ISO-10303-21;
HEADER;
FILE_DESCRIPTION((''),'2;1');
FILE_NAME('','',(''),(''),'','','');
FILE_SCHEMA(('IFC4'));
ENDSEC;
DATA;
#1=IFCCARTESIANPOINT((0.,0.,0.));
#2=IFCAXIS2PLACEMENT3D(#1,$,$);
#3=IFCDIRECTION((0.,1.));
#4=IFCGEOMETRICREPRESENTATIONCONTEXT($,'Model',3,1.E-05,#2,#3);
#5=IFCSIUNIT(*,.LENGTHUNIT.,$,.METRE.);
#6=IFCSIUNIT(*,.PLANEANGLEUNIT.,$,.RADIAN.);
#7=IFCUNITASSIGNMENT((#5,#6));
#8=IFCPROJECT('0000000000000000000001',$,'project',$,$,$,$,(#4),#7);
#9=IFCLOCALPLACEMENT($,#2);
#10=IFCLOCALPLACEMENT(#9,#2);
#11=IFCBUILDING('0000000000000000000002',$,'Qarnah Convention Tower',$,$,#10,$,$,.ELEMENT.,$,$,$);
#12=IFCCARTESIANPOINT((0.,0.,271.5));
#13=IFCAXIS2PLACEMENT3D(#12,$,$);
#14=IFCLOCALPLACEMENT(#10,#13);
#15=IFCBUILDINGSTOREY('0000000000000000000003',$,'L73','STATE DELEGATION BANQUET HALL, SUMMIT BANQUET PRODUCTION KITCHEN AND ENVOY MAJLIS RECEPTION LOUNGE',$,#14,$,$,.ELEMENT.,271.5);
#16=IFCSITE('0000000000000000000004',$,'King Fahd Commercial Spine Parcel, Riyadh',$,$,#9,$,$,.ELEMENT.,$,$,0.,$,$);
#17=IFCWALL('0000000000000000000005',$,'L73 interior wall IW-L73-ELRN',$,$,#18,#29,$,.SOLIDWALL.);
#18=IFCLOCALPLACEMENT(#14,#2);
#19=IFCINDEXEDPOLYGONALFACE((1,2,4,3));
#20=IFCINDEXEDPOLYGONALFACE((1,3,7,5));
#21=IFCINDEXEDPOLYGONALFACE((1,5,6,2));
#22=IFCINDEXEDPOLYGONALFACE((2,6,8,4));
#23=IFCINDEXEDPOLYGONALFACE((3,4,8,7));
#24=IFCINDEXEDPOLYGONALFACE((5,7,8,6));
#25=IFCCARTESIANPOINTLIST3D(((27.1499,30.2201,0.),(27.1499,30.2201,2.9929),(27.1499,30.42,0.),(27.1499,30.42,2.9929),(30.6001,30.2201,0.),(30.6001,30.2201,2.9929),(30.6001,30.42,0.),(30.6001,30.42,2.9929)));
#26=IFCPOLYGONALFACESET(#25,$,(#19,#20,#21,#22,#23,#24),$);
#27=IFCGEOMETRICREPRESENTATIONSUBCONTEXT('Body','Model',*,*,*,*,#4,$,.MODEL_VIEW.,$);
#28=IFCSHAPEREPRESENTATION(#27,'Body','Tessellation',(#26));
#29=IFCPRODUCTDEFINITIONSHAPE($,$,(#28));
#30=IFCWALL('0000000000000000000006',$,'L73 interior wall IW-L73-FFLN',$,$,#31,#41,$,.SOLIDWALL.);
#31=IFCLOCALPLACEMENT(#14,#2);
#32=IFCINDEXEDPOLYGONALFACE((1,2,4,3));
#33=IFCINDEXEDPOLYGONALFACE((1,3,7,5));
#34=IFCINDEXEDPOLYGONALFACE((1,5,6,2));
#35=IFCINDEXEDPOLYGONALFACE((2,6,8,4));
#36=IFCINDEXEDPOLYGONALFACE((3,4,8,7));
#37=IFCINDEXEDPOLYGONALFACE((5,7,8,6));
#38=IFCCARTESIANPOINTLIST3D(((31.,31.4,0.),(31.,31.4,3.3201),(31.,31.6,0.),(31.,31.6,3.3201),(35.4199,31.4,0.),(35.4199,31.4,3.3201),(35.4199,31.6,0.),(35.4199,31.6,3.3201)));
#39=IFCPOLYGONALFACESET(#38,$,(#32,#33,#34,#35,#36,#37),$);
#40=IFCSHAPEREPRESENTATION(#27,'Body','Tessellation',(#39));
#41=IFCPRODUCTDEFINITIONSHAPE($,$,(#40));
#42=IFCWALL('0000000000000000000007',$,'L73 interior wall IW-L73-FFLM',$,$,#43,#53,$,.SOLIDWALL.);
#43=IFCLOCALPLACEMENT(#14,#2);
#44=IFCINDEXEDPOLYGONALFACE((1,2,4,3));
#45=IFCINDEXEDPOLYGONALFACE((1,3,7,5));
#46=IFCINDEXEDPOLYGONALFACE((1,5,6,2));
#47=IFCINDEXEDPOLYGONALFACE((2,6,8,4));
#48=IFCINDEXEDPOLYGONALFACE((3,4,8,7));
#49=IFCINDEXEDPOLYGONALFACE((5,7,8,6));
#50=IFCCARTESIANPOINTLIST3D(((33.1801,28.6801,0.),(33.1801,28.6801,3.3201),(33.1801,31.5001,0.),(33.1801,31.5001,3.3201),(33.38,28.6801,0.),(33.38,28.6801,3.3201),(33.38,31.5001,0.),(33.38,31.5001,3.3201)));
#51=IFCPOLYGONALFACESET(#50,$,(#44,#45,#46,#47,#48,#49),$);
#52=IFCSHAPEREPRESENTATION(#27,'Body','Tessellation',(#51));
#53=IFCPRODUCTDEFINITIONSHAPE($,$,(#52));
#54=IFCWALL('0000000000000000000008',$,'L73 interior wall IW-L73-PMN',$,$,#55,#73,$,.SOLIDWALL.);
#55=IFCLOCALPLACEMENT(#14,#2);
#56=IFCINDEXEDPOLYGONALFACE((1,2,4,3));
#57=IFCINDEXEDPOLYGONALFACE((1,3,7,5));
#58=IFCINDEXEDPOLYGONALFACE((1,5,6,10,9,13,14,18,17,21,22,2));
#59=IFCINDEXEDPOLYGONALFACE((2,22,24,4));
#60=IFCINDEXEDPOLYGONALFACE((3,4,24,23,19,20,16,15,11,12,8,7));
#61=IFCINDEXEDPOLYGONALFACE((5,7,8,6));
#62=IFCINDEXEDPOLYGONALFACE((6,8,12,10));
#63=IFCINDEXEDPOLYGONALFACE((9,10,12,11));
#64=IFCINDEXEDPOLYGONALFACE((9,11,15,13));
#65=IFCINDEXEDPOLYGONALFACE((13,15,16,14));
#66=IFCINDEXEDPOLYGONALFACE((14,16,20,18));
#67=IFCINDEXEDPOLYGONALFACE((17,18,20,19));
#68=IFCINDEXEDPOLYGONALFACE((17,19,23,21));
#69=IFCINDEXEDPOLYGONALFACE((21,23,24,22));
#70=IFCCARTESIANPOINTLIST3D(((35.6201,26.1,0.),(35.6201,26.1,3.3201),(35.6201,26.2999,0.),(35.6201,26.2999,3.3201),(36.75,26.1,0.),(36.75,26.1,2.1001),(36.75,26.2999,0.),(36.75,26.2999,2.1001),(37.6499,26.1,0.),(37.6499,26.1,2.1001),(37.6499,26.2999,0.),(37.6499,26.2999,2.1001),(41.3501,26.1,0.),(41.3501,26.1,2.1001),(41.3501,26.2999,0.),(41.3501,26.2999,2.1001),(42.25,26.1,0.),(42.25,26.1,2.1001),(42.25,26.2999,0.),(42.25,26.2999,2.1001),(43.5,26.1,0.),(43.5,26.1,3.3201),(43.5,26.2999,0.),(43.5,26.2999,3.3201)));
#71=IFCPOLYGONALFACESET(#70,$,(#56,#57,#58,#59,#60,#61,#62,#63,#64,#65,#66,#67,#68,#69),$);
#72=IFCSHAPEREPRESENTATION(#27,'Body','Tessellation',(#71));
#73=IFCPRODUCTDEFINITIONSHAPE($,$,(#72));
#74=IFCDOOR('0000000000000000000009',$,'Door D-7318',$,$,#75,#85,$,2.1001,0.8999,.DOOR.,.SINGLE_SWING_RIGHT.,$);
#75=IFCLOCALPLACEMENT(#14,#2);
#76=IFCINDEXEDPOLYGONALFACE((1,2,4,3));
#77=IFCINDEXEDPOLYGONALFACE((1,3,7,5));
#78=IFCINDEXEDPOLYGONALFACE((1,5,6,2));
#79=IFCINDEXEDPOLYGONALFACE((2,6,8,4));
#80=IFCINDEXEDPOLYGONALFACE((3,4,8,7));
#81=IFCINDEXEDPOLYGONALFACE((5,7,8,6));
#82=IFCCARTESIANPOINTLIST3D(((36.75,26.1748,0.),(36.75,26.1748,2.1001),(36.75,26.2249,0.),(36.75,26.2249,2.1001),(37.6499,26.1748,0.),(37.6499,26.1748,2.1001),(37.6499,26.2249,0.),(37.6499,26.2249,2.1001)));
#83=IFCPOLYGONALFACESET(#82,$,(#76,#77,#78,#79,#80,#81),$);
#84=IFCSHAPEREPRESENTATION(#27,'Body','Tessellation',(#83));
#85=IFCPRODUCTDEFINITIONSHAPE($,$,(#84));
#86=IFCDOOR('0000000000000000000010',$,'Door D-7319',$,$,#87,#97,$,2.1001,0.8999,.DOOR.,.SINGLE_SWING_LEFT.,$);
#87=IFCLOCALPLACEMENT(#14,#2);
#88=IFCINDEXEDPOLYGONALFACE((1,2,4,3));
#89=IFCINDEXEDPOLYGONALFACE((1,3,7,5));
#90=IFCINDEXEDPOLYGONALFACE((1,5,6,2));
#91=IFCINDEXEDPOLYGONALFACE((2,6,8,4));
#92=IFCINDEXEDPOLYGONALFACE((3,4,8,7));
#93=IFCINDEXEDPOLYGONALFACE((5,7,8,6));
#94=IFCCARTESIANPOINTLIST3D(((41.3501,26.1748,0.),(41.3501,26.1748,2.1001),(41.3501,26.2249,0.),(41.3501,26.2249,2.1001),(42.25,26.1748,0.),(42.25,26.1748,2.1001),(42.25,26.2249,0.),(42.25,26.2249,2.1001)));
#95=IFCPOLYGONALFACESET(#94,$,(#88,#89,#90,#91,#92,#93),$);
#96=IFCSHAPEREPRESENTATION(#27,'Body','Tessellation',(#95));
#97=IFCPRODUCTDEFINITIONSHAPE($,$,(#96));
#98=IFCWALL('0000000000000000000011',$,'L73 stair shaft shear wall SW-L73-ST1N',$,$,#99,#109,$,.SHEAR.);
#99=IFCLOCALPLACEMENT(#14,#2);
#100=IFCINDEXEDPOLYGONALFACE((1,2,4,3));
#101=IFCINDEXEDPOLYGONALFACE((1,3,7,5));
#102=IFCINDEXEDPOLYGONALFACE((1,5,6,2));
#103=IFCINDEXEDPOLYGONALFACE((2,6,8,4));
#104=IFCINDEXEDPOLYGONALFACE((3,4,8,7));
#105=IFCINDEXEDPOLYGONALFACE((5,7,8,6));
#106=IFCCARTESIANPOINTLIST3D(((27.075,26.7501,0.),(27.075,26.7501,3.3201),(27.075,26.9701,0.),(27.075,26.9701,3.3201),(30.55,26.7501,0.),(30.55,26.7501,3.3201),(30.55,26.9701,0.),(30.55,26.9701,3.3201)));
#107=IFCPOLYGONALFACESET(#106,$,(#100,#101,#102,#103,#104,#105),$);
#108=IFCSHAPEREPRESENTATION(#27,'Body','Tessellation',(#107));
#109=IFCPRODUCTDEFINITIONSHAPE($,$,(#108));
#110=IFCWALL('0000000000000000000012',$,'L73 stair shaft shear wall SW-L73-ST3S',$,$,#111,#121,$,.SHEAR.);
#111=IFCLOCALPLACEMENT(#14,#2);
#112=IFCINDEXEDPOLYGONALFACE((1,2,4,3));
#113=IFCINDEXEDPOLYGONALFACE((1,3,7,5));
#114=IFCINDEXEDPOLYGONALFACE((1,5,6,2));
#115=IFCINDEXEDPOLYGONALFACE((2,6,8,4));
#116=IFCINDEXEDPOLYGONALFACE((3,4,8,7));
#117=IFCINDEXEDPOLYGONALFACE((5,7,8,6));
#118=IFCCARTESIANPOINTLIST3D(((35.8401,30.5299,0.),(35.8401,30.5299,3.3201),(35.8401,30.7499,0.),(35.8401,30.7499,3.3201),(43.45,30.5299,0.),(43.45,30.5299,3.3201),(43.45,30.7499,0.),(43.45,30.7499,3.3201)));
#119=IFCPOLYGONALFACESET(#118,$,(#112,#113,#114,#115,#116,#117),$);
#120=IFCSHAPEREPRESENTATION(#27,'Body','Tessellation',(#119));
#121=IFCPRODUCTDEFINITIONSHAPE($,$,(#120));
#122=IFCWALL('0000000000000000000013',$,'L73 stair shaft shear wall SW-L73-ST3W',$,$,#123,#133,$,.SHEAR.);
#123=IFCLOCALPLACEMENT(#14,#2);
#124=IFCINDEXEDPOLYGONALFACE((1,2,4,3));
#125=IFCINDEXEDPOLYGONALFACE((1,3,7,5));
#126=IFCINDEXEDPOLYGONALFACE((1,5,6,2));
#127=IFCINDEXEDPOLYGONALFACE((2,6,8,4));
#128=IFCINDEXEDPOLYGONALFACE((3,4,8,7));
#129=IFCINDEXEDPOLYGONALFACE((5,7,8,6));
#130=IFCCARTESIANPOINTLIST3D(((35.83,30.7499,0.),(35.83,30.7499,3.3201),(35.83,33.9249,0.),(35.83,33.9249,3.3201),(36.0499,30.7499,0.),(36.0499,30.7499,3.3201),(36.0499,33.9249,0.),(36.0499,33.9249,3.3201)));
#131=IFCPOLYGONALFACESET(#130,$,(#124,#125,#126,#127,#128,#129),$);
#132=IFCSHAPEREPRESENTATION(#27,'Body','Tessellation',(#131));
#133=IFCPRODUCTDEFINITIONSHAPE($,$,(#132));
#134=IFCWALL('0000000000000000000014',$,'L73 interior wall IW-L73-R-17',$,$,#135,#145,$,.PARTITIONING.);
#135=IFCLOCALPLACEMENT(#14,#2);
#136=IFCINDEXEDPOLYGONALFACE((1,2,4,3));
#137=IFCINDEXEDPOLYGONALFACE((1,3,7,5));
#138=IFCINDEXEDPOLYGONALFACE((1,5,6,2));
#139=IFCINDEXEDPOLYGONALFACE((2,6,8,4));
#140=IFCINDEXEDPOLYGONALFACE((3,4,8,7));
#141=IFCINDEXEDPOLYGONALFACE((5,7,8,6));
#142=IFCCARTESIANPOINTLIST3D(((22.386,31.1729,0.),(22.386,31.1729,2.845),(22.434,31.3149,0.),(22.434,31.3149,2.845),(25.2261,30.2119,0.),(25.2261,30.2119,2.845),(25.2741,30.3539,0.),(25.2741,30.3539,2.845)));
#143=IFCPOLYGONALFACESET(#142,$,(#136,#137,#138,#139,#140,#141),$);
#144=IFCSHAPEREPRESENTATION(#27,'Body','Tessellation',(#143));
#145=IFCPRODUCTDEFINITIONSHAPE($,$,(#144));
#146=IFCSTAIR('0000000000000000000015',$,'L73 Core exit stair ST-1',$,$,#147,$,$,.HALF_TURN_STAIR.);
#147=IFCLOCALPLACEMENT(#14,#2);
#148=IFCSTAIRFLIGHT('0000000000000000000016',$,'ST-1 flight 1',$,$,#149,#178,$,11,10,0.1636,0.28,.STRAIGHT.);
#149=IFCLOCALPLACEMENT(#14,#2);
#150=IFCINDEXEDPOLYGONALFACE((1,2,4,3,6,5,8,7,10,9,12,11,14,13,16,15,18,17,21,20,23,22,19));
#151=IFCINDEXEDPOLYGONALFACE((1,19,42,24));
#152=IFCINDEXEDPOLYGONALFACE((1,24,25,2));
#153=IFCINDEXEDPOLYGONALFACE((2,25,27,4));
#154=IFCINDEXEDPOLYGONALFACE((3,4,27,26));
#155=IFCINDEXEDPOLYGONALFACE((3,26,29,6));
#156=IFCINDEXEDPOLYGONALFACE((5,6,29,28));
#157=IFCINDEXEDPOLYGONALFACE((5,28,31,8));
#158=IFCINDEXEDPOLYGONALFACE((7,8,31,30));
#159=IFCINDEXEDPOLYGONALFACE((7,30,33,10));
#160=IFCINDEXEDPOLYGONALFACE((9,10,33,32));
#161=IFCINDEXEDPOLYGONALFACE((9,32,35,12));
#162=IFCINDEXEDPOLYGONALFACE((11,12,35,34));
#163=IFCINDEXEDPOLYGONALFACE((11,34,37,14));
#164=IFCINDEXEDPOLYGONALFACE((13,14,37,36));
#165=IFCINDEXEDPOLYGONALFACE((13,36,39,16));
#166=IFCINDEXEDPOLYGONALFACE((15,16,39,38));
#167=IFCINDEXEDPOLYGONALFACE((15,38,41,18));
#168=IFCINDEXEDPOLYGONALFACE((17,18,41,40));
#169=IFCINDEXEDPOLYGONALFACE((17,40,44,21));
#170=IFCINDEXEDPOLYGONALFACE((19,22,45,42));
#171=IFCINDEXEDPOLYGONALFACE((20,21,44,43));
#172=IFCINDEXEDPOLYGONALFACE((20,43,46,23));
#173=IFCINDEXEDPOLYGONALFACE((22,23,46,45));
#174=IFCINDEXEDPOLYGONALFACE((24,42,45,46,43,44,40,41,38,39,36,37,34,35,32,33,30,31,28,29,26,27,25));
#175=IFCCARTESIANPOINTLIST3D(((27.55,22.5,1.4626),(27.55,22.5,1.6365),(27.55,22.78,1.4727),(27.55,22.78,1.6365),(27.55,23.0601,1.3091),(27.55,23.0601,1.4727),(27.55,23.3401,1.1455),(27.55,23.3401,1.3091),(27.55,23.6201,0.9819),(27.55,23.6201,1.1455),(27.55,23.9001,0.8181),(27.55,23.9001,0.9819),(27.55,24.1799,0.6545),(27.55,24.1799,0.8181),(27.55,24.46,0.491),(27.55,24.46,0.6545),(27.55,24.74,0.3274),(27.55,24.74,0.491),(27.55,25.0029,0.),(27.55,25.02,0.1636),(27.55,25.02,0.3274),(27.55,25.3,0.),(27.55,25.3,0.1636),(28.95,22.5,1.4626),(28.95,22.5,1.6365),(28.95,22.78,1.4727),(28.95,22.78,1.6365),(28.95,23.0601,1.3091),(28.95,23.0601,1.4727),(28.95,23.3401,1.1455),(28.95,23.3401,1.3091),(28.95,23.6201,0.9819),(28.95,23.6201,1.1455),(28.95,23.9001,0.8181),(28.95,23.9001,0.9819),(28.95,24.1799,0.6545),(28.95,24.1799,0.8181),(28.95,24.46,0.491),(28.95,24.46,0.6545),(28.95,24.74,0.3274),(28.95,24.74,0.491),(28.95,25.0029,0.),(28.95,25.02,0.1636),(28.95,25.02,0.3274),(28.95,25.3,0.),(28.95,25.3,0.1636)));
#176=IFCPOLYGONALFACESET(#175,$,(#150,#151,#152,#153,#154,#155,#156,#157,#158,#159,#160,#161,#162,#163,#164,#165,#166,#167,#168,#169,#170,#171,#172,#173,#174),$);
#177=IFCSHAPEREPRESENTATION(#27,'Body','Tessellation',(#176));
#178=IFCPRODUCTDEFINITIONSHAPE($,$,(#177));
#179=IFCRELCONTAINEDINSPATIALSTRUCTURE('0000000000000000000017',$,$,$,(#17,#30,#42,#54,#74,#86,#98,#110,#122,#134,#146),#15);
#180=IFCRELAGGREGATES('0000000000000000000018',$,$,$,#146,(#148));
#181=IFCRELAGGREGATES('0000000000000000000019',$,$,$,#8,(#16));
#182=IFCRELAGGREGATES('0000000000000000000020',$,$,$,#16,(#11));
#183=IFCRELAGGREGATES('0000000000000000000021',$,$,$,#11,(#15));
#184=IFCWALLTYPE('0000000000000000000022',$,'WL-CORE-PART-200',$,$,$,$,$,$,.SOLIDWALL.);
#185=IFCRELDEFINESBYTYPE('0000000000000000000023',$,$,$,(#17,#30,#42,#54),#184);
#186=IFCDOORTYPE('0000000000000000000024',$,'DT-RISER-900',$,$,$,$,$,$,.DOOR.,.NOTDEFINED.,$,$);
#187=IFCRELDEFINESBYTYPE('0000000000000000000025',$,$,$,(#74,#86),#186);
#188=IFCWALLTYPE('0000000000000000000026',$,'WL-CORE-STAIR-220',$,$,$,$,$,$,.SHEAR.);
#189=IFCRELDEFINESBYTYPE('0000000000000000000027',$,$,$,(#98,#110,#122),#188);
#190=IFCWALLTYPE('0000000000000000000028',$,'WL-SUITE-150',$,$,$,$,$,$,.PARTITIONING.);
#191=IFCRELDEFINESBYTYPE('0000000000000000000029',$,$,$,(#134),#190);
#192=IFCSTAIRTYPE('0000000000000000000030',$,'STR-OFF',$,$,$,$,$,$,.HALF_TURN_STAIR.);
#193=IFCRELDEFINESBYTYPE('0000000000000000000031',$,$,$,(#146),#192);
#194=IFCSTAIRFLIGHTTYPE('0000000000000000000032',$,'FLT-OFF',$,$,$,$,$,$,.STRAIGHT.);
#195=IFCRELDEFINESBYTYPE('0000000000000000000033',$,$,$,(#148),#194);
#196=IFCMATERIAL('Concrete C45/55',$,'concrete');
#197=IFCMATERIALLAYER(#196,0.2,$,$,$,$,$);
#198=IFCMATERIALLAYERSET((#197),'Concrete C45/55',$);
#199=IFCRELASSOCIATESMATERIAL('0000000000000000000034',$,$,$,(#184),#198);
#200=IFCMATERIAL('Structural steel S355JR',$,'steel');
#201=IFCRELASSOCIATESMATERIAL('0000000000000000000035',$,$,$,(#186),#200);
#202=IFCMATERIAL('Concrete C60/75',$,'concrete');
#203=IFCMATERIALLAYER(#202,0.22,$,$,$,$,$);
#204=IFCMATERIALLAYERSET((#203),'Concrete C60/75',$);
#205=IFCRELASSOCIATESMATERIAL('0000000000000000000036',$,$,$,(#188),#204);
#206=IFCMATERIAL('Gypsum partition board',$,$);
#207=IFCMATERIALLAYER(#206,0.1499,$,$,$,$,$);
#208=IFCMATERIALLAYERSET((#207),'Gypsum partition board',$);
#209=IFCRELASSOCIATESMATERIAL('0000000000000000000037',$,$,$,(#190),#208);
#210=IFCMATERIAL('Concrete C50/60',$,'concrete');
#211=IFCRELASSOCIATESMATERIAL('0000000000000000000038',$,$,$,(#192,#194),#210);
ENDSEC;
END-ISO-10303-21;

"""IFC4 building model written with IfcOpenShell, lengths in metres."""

from ifc_helpers import new_model, si_unit, direction, frame, frame_2d, origin, place, context, subcontext, project, spatial, polyline, rectangle, outline, extrude, material, layer, layer_set, type_object, element, fill, aggregate, save


model = new_model("IFC4")

# Units and contexts
model_context = context("Model", 3, precision=1e-05, world=origin(), true_north=direction((0.0, 1.0)))
body_context = subcontext(model_context, "Body", "Model", "MODEL_VIEW")
ifc_project = project(units=[si_unit("LENGTHUNIT", "METRE"), si_unit("PLANEANGLEUNIT", "RADIAN")], contexts=[model_context])

# Site, building, storey
site_placement = place(None, origin())
site = spatial("IfcSite", under=ifc_project, at=site_placement, Name="King Fahd Commercial Spine Parcel, Riyadh", CompositionType="ELEMENT", RefElevation=0.0)
building_placement = place(site_placement, origin())
building = spatial("IfcBuilding", under=site, at=building_placement, Name="Qarnah Convention Tower", CompositionType="ELEMENT")
storey_placement = place(building_placement, frame((0.0, 0.0, 271.5)))
storey = spatial("IfcBuildingStorey", under=building, at=storey_placement, Name="L73", Description="STATE DELEGATION BANQUET HALL, SUMMIT BANQUET PRODUCTION KITCHEN AND ENVOY MAJLIS RECEPTION LOUNGE", CompositionType="ELEMENT", Elevation=271.5)

# Shared definitions
ifc_material_1 = material(Name="Concrete C50/60", Category="concrete")

# Shared definitions
ifc_material_2 = material(Name="Structural steel S355JR", Category="steel")

# Wall
ifc_material_3 = material(Name="Concrete C45/55", Category="concrete")
ifc_layer_1 = layer(ifc_material_3, 0.2)
ifc_layer_set_1 = layer_set([ifc_layer_1], Name="Concrete C45/55")
wall_type_1 = type_object("IfcWallType", Name="WL-CORE-PART-200", PredefinedType="SOLIDWALL", material=ifc_layer_set_1)
wall_1_placement = place(storey_placement, frame((27.1499, 30.3201, 0.0), z_axis=(0.0, 0.0, 1.0), x_axis=(1.0, 0.0, 0.0)))
element("IfcWall", 1, at=wall_1_placement, inside=storey, type_object=wall_type_1, Name="L73 interior wall IW-L73-ELRN", PredefinedType="SOLIDWALL", context=body_context, shape_type="SweptSolid", body=[
    extrude(rectangle(XDim=3.4502, YDim=0.2, at=frame_2d((1.7251, 0.0))), origin(), (0.0, 0.0, 1.0), 2.9929),
])

# Walls
wall_2_placement = place(storey_placement, frame((31.0, 31.5, 0.0), z_axis=(0.0, 0.0, 1.0), x_axis=(1.0, 0.0, 0.0)))
element("IfcWall", 2, at=wall_2_placement, inside=storey, type_object=wall_type_1, Name="L73 interior wall IW-L73-FFLN", PredefinedType="SOLIDWALL", context=body_context, shape_type="SweptSolid", body=[
    extrude(rectangle(XDim=4.4199, YDim=0.2, at=frame_2d((2.21, 0.0))), origin(), (0.0, 0.0, 1.0), 3.3201),
])
wall_3_placement = place(storey_placement, frame((33.28, 28.6799, 0.0), z_axis=(0.0, 0.0, 1.0), x_axis=(0.0, 1.0, 0.0)))
element("IfcWall", 3, at=wall_3_placement, inside=storey, type_object=wall_type_1, Name="L73 interior wall IW-L73-FFLM", PredefinedType="SOLIDWALL", context=body_context, shape_type="SweptSolid", body=[
    extrude(rectangle(XDim=2.8201, YDim=0.2, at=frame_2d((1.4102, 0.0))), origin(), (0.0, 0.0, 1.0), 3.3201),
])

# Wall, openings, doors
wall_4_placement = place(storey_placement, frame((35.6201, 26.2, 0.0), z_axis=(0.0, 0.0, 1.0), x_axis=(1.0, 0.0, 0.0)))
wall_4 = element("IfcWall", 4, at=wall_4_placement, inside=storey, type_object=wall_type_1, Name="L73 interior wall IW-L73-PMN", PredefinedType="SOLIDWALL", context=body_context, shape_type="SweptSolid", body=[
    extrude(rectangle(XDim=7.8799, YDim=0.2, at=frame_2d((3.9399, 0.0))), origin(), (0.0, 0.0, 1.0), 3.3201),
])
opening_1_placement = place(wall_4_placement, frame((1.1299, 0.0, 0.0)))
opening_1 = element("IfcOpeningElement", 5, at=opening_1_placement, cuts=wall_4, PredefinedType="OPENING", context=body_context, shape_type="SweptSolid", body=[
    extrude(rectangle(XDim=0.8999, YDim=2.1001, at=frame_2d((0.45, 1.05))), frame((0.0, 0.1099, 0.0), z_axis=(0.0, -1.0, 0.0), x_axis=(1.0, 0.0, 0.0)), (0.0, 0.0, 1.0), 0.22),
])
opening_2_placement = place(wall_4_placement, frame((5.73, 0.0, 0.0)))
opening_2 = element("IfcOpeningElement", 6, at=opening_2_placement, cuts=wall_4, PredefinedType="OPENING", context=body_context, shape_type="SweptSolid", body=[
    extrude(rectangle(XDim=0.8999, YDim=2.1001, at=frame_2d((0.45, 1.05))), frame((0.0, 0.1099, 0.0), z_axis=(0.0, -1.0, 0.0), x_axis=(1.0, 0.0, 0.0)), (0.0, 0.0, 1.0), 0.22),
])
door_type_1 = type_object("IfcDoorType", Name="DT-RISER-900", OperationType="NOTDEFINED", PredefinedType="DOOR", material=ifc_material_2)
door_1_placement = place(opening_1_placement, origin())
door_1 = element("IfcDoor", 7, at=door_1_placement, inside=storey, type_object=door_type_1, Name="Door D-7318", OperationType="SINGLE_SWING_RIGHT", OverallHeight=2.1001, OverallWidth=0.8999, PredefinedType="DOOR", context=body_context, shape_type="SweptSolid", body=[
    extrude(rectangle(XDim=0.8999, YDim=2.1001, at=frame_2d((0.45, 1.05))), frame((0.0, 0.0249, 0.0), z_axis=(0.0, -1.0, 0.0), x_axis=(1.0, 0.0, 0.0)), (0.0, 0.0, 1.0), 0.05),
])
fill(opening_1, door_1)
door_2_placement = place(opening_2_placement, origin())
door_2 = element("IfcDoor", 8, at=door_2_placement, inside=storey, type_object=door_type_1, Name="Door D-7319", OperationType="SINGLE_SWING_LEFT", OverallHeight=2.1001, OverallWidth=0.8999, PredefinedType="DOOR", context=body_context, shape_type="SweptSolid", body=[
    extrude(rectangle(XDim=0.8999, YDim=2.1001, at=frame_2d((0.45, 1.05))), frame((0.0, 0.0249, 0.0), z_axis=(0.0, -1.0, 0.0), x_axis=(1.0, 0.0, 0.0)), (0.0, 0.0, 1.0), 0.05),
])
fill(opening_2, door_2)

# Walls
ifc_material_4 = material(Name="Concrete C60/75", Category="concrete")
ifc_layer_2 = layer(ifc_material_4, 0.22)
ifc_layer_set_2 = layer_set([ifc_layer_2], Name="Concrete C60/75")
wall_type_2 = type_object("IfcWallType", Name="WL-CORE-STAIR-220", PredefinedType="SHEAR", material=ifc_layer_set_2)
wall_5_placement = place(storey_placement, frame((27.075, 26.8601, 0.0), z_axis=(0.0, 0.0, 1.0), x_axis=(1.0, 0.0, 0.0)))
element("IfcWall", 9, at=wall_5_placement, inside=storey, type_object=wall_type_2, Name="L73 stair shaft shear wall SW-L73-ST1N", PredefinedType="SHEAR", context=body_context, shape_type="SweptSolid", body=[
    extrude(rectangle(XDim=3.4751, YDim=0.22, at=frame_2d((1.7375, 0.0))), origin(), (0.0, 0.0, 1.0), 3.3201),
])
wall_6_placement = place(storey_placement, frame((35.8401, 30.6399, 0.0), z_axis=(0.0, 0.0, 1.0), x_axis=(1.0, 0.0, 0.0)))
element("IfcWall", 10, at=wall_6_placement, inside=storey, type_object=wall_type_2, Name="L73 stair shaft shear wall SW-L73-ST3S", PredefinedType="SHEAR", context=body_context, shape_type="SweptSolid", body=[
    extrude(rectangle(XDim=7.6099, YDim=0.22, at=frame_2d((3.8049, 0.0))), origin(), (0.0, 0.0, 1.0), 3.3201),
])
wall_7_placement = place(storey_placement, frame((35.9399, 30.75, 0.0), z_axis=(0.0, 0.0, 1.0), x_axis=(0.0, 1.0, 0.0)))
element("IfcWall", 11, at=wall_7_placement, inside=storey, type_object=wall_type_2, Name="L73 stair shaft shear wall SW-L73-ST3W", PredefinedType="SHEAR", context=body_context, shape_type="SweptSolid", body=[
    extrude(rectangle(XDim=3.175, YDim=0.22, at=frame_2d((1.5874, 0.0))), origin(), (0.0, 0.0, 1.0), 3.3201),
])
ifc_material_5 = material(Name="Gypsum partition board")
ifc_layer_3 = layer(ifc_material_5, 0.1499)
ifc_layer_set_3 = layer_set([ifc_layer_3], Name="Gypsum partition board")
wall_type_3 = type_object("IfcWallType", Name="WL-SUITE-150", PredefinedType="PARTITIONING", material=ifc_layer_set_3)
wall_8_placement = place(storey_placement, frame((25.25, 30.283, 0.0), z_axis=(0.0, 0.0, 1.0), x_axis=(-0.947249, 0.3205, 0.0)))
element("IfcWall", 12, at=wall_8_placement, inside=storey, type_object=wall_type_3, Name="L73 interior wall IW-L73-R-17", PredefinedType="PARTITIONING", context=body_context, shape_type="SweptSolid", body=[
    extrude(rectangle(XDim=2.9983, YDim=0.1499, at=frame_2d((1.499, 0.0))), origin(), (0.0, 0.0, 1.0), 2.845),
])

# Stair, stair flight
stair_type = type_object("IfcStairType", Name="STR-OFF", PredefinedType="HALF_TURN_STAIR", material=ifc_material_1)
stair_placement = place(storey_placement, origin())
stair = element("IfcStair", 13, at=stair_placement, inside=storey, type_object=stair_type, Name="L73 Core exit stair ST-1", PredefinedType="HALF_TURN_STAIR")
stair_flight_type = type_object("IfcStairFlightType", Name="FLT-OFF", PredefinedType="STRAIGHT", material=ifc_material_1)
stair_flight_placement = place(storey_placement, frame((28.25, 25.3, 0.0), z_axis=(0.0, 0.0, 1.0), x_axis=(0.0, -1.0, 0.0)))
stair_flight = element("IfcStairFlight", 14, at=stair_flight_placement, type_object=stair_flight_type, Name="ST-1 flight 1", NumberOfRisers=11, NumberOfTreads=10, PredefinedType="STRAIGHT", RiserHeight=0.1636, TreadLength=0.28, context=body_context, shape_type="SweptSolid", body=[
    extrude(outline(polyline([(0.0, 0.0), (0.0, 0.1636), (0.28, 0.1636), (0.28, 0.3274), (0.5601, 0.3274), (0.5601, 0.491), (0.8401, 0.491), (0.8401, 0.6545), (1.1201, 0.6545), (1.1201, 0.8181), (1.3999, 0.8181), (1.3999, 0.9819), (1.6799, 0.9819), (1.6799, 1.1455), (1.96, 1.1455), (1.96, 1.3091), (2.24, 1.3091), (2.24, 1.4727), (2.52, 1.4727), (2.52, 1.6365), (2.8, 1.6365), (2.8, 1.8), (2.8, 1.4626), (0.2971, 0.0), (0.0, 0.0)])), frame((0.0, 0.7, 0.0), z_axis=(0.0, -1.0, 0.0), x_axis=(1.0, 0.0, 0.0)), (0.0, 0.0, 1.0), 1.3999),
])
aggregate(stair, [stair_flight])

save(model, "model.ifc")
